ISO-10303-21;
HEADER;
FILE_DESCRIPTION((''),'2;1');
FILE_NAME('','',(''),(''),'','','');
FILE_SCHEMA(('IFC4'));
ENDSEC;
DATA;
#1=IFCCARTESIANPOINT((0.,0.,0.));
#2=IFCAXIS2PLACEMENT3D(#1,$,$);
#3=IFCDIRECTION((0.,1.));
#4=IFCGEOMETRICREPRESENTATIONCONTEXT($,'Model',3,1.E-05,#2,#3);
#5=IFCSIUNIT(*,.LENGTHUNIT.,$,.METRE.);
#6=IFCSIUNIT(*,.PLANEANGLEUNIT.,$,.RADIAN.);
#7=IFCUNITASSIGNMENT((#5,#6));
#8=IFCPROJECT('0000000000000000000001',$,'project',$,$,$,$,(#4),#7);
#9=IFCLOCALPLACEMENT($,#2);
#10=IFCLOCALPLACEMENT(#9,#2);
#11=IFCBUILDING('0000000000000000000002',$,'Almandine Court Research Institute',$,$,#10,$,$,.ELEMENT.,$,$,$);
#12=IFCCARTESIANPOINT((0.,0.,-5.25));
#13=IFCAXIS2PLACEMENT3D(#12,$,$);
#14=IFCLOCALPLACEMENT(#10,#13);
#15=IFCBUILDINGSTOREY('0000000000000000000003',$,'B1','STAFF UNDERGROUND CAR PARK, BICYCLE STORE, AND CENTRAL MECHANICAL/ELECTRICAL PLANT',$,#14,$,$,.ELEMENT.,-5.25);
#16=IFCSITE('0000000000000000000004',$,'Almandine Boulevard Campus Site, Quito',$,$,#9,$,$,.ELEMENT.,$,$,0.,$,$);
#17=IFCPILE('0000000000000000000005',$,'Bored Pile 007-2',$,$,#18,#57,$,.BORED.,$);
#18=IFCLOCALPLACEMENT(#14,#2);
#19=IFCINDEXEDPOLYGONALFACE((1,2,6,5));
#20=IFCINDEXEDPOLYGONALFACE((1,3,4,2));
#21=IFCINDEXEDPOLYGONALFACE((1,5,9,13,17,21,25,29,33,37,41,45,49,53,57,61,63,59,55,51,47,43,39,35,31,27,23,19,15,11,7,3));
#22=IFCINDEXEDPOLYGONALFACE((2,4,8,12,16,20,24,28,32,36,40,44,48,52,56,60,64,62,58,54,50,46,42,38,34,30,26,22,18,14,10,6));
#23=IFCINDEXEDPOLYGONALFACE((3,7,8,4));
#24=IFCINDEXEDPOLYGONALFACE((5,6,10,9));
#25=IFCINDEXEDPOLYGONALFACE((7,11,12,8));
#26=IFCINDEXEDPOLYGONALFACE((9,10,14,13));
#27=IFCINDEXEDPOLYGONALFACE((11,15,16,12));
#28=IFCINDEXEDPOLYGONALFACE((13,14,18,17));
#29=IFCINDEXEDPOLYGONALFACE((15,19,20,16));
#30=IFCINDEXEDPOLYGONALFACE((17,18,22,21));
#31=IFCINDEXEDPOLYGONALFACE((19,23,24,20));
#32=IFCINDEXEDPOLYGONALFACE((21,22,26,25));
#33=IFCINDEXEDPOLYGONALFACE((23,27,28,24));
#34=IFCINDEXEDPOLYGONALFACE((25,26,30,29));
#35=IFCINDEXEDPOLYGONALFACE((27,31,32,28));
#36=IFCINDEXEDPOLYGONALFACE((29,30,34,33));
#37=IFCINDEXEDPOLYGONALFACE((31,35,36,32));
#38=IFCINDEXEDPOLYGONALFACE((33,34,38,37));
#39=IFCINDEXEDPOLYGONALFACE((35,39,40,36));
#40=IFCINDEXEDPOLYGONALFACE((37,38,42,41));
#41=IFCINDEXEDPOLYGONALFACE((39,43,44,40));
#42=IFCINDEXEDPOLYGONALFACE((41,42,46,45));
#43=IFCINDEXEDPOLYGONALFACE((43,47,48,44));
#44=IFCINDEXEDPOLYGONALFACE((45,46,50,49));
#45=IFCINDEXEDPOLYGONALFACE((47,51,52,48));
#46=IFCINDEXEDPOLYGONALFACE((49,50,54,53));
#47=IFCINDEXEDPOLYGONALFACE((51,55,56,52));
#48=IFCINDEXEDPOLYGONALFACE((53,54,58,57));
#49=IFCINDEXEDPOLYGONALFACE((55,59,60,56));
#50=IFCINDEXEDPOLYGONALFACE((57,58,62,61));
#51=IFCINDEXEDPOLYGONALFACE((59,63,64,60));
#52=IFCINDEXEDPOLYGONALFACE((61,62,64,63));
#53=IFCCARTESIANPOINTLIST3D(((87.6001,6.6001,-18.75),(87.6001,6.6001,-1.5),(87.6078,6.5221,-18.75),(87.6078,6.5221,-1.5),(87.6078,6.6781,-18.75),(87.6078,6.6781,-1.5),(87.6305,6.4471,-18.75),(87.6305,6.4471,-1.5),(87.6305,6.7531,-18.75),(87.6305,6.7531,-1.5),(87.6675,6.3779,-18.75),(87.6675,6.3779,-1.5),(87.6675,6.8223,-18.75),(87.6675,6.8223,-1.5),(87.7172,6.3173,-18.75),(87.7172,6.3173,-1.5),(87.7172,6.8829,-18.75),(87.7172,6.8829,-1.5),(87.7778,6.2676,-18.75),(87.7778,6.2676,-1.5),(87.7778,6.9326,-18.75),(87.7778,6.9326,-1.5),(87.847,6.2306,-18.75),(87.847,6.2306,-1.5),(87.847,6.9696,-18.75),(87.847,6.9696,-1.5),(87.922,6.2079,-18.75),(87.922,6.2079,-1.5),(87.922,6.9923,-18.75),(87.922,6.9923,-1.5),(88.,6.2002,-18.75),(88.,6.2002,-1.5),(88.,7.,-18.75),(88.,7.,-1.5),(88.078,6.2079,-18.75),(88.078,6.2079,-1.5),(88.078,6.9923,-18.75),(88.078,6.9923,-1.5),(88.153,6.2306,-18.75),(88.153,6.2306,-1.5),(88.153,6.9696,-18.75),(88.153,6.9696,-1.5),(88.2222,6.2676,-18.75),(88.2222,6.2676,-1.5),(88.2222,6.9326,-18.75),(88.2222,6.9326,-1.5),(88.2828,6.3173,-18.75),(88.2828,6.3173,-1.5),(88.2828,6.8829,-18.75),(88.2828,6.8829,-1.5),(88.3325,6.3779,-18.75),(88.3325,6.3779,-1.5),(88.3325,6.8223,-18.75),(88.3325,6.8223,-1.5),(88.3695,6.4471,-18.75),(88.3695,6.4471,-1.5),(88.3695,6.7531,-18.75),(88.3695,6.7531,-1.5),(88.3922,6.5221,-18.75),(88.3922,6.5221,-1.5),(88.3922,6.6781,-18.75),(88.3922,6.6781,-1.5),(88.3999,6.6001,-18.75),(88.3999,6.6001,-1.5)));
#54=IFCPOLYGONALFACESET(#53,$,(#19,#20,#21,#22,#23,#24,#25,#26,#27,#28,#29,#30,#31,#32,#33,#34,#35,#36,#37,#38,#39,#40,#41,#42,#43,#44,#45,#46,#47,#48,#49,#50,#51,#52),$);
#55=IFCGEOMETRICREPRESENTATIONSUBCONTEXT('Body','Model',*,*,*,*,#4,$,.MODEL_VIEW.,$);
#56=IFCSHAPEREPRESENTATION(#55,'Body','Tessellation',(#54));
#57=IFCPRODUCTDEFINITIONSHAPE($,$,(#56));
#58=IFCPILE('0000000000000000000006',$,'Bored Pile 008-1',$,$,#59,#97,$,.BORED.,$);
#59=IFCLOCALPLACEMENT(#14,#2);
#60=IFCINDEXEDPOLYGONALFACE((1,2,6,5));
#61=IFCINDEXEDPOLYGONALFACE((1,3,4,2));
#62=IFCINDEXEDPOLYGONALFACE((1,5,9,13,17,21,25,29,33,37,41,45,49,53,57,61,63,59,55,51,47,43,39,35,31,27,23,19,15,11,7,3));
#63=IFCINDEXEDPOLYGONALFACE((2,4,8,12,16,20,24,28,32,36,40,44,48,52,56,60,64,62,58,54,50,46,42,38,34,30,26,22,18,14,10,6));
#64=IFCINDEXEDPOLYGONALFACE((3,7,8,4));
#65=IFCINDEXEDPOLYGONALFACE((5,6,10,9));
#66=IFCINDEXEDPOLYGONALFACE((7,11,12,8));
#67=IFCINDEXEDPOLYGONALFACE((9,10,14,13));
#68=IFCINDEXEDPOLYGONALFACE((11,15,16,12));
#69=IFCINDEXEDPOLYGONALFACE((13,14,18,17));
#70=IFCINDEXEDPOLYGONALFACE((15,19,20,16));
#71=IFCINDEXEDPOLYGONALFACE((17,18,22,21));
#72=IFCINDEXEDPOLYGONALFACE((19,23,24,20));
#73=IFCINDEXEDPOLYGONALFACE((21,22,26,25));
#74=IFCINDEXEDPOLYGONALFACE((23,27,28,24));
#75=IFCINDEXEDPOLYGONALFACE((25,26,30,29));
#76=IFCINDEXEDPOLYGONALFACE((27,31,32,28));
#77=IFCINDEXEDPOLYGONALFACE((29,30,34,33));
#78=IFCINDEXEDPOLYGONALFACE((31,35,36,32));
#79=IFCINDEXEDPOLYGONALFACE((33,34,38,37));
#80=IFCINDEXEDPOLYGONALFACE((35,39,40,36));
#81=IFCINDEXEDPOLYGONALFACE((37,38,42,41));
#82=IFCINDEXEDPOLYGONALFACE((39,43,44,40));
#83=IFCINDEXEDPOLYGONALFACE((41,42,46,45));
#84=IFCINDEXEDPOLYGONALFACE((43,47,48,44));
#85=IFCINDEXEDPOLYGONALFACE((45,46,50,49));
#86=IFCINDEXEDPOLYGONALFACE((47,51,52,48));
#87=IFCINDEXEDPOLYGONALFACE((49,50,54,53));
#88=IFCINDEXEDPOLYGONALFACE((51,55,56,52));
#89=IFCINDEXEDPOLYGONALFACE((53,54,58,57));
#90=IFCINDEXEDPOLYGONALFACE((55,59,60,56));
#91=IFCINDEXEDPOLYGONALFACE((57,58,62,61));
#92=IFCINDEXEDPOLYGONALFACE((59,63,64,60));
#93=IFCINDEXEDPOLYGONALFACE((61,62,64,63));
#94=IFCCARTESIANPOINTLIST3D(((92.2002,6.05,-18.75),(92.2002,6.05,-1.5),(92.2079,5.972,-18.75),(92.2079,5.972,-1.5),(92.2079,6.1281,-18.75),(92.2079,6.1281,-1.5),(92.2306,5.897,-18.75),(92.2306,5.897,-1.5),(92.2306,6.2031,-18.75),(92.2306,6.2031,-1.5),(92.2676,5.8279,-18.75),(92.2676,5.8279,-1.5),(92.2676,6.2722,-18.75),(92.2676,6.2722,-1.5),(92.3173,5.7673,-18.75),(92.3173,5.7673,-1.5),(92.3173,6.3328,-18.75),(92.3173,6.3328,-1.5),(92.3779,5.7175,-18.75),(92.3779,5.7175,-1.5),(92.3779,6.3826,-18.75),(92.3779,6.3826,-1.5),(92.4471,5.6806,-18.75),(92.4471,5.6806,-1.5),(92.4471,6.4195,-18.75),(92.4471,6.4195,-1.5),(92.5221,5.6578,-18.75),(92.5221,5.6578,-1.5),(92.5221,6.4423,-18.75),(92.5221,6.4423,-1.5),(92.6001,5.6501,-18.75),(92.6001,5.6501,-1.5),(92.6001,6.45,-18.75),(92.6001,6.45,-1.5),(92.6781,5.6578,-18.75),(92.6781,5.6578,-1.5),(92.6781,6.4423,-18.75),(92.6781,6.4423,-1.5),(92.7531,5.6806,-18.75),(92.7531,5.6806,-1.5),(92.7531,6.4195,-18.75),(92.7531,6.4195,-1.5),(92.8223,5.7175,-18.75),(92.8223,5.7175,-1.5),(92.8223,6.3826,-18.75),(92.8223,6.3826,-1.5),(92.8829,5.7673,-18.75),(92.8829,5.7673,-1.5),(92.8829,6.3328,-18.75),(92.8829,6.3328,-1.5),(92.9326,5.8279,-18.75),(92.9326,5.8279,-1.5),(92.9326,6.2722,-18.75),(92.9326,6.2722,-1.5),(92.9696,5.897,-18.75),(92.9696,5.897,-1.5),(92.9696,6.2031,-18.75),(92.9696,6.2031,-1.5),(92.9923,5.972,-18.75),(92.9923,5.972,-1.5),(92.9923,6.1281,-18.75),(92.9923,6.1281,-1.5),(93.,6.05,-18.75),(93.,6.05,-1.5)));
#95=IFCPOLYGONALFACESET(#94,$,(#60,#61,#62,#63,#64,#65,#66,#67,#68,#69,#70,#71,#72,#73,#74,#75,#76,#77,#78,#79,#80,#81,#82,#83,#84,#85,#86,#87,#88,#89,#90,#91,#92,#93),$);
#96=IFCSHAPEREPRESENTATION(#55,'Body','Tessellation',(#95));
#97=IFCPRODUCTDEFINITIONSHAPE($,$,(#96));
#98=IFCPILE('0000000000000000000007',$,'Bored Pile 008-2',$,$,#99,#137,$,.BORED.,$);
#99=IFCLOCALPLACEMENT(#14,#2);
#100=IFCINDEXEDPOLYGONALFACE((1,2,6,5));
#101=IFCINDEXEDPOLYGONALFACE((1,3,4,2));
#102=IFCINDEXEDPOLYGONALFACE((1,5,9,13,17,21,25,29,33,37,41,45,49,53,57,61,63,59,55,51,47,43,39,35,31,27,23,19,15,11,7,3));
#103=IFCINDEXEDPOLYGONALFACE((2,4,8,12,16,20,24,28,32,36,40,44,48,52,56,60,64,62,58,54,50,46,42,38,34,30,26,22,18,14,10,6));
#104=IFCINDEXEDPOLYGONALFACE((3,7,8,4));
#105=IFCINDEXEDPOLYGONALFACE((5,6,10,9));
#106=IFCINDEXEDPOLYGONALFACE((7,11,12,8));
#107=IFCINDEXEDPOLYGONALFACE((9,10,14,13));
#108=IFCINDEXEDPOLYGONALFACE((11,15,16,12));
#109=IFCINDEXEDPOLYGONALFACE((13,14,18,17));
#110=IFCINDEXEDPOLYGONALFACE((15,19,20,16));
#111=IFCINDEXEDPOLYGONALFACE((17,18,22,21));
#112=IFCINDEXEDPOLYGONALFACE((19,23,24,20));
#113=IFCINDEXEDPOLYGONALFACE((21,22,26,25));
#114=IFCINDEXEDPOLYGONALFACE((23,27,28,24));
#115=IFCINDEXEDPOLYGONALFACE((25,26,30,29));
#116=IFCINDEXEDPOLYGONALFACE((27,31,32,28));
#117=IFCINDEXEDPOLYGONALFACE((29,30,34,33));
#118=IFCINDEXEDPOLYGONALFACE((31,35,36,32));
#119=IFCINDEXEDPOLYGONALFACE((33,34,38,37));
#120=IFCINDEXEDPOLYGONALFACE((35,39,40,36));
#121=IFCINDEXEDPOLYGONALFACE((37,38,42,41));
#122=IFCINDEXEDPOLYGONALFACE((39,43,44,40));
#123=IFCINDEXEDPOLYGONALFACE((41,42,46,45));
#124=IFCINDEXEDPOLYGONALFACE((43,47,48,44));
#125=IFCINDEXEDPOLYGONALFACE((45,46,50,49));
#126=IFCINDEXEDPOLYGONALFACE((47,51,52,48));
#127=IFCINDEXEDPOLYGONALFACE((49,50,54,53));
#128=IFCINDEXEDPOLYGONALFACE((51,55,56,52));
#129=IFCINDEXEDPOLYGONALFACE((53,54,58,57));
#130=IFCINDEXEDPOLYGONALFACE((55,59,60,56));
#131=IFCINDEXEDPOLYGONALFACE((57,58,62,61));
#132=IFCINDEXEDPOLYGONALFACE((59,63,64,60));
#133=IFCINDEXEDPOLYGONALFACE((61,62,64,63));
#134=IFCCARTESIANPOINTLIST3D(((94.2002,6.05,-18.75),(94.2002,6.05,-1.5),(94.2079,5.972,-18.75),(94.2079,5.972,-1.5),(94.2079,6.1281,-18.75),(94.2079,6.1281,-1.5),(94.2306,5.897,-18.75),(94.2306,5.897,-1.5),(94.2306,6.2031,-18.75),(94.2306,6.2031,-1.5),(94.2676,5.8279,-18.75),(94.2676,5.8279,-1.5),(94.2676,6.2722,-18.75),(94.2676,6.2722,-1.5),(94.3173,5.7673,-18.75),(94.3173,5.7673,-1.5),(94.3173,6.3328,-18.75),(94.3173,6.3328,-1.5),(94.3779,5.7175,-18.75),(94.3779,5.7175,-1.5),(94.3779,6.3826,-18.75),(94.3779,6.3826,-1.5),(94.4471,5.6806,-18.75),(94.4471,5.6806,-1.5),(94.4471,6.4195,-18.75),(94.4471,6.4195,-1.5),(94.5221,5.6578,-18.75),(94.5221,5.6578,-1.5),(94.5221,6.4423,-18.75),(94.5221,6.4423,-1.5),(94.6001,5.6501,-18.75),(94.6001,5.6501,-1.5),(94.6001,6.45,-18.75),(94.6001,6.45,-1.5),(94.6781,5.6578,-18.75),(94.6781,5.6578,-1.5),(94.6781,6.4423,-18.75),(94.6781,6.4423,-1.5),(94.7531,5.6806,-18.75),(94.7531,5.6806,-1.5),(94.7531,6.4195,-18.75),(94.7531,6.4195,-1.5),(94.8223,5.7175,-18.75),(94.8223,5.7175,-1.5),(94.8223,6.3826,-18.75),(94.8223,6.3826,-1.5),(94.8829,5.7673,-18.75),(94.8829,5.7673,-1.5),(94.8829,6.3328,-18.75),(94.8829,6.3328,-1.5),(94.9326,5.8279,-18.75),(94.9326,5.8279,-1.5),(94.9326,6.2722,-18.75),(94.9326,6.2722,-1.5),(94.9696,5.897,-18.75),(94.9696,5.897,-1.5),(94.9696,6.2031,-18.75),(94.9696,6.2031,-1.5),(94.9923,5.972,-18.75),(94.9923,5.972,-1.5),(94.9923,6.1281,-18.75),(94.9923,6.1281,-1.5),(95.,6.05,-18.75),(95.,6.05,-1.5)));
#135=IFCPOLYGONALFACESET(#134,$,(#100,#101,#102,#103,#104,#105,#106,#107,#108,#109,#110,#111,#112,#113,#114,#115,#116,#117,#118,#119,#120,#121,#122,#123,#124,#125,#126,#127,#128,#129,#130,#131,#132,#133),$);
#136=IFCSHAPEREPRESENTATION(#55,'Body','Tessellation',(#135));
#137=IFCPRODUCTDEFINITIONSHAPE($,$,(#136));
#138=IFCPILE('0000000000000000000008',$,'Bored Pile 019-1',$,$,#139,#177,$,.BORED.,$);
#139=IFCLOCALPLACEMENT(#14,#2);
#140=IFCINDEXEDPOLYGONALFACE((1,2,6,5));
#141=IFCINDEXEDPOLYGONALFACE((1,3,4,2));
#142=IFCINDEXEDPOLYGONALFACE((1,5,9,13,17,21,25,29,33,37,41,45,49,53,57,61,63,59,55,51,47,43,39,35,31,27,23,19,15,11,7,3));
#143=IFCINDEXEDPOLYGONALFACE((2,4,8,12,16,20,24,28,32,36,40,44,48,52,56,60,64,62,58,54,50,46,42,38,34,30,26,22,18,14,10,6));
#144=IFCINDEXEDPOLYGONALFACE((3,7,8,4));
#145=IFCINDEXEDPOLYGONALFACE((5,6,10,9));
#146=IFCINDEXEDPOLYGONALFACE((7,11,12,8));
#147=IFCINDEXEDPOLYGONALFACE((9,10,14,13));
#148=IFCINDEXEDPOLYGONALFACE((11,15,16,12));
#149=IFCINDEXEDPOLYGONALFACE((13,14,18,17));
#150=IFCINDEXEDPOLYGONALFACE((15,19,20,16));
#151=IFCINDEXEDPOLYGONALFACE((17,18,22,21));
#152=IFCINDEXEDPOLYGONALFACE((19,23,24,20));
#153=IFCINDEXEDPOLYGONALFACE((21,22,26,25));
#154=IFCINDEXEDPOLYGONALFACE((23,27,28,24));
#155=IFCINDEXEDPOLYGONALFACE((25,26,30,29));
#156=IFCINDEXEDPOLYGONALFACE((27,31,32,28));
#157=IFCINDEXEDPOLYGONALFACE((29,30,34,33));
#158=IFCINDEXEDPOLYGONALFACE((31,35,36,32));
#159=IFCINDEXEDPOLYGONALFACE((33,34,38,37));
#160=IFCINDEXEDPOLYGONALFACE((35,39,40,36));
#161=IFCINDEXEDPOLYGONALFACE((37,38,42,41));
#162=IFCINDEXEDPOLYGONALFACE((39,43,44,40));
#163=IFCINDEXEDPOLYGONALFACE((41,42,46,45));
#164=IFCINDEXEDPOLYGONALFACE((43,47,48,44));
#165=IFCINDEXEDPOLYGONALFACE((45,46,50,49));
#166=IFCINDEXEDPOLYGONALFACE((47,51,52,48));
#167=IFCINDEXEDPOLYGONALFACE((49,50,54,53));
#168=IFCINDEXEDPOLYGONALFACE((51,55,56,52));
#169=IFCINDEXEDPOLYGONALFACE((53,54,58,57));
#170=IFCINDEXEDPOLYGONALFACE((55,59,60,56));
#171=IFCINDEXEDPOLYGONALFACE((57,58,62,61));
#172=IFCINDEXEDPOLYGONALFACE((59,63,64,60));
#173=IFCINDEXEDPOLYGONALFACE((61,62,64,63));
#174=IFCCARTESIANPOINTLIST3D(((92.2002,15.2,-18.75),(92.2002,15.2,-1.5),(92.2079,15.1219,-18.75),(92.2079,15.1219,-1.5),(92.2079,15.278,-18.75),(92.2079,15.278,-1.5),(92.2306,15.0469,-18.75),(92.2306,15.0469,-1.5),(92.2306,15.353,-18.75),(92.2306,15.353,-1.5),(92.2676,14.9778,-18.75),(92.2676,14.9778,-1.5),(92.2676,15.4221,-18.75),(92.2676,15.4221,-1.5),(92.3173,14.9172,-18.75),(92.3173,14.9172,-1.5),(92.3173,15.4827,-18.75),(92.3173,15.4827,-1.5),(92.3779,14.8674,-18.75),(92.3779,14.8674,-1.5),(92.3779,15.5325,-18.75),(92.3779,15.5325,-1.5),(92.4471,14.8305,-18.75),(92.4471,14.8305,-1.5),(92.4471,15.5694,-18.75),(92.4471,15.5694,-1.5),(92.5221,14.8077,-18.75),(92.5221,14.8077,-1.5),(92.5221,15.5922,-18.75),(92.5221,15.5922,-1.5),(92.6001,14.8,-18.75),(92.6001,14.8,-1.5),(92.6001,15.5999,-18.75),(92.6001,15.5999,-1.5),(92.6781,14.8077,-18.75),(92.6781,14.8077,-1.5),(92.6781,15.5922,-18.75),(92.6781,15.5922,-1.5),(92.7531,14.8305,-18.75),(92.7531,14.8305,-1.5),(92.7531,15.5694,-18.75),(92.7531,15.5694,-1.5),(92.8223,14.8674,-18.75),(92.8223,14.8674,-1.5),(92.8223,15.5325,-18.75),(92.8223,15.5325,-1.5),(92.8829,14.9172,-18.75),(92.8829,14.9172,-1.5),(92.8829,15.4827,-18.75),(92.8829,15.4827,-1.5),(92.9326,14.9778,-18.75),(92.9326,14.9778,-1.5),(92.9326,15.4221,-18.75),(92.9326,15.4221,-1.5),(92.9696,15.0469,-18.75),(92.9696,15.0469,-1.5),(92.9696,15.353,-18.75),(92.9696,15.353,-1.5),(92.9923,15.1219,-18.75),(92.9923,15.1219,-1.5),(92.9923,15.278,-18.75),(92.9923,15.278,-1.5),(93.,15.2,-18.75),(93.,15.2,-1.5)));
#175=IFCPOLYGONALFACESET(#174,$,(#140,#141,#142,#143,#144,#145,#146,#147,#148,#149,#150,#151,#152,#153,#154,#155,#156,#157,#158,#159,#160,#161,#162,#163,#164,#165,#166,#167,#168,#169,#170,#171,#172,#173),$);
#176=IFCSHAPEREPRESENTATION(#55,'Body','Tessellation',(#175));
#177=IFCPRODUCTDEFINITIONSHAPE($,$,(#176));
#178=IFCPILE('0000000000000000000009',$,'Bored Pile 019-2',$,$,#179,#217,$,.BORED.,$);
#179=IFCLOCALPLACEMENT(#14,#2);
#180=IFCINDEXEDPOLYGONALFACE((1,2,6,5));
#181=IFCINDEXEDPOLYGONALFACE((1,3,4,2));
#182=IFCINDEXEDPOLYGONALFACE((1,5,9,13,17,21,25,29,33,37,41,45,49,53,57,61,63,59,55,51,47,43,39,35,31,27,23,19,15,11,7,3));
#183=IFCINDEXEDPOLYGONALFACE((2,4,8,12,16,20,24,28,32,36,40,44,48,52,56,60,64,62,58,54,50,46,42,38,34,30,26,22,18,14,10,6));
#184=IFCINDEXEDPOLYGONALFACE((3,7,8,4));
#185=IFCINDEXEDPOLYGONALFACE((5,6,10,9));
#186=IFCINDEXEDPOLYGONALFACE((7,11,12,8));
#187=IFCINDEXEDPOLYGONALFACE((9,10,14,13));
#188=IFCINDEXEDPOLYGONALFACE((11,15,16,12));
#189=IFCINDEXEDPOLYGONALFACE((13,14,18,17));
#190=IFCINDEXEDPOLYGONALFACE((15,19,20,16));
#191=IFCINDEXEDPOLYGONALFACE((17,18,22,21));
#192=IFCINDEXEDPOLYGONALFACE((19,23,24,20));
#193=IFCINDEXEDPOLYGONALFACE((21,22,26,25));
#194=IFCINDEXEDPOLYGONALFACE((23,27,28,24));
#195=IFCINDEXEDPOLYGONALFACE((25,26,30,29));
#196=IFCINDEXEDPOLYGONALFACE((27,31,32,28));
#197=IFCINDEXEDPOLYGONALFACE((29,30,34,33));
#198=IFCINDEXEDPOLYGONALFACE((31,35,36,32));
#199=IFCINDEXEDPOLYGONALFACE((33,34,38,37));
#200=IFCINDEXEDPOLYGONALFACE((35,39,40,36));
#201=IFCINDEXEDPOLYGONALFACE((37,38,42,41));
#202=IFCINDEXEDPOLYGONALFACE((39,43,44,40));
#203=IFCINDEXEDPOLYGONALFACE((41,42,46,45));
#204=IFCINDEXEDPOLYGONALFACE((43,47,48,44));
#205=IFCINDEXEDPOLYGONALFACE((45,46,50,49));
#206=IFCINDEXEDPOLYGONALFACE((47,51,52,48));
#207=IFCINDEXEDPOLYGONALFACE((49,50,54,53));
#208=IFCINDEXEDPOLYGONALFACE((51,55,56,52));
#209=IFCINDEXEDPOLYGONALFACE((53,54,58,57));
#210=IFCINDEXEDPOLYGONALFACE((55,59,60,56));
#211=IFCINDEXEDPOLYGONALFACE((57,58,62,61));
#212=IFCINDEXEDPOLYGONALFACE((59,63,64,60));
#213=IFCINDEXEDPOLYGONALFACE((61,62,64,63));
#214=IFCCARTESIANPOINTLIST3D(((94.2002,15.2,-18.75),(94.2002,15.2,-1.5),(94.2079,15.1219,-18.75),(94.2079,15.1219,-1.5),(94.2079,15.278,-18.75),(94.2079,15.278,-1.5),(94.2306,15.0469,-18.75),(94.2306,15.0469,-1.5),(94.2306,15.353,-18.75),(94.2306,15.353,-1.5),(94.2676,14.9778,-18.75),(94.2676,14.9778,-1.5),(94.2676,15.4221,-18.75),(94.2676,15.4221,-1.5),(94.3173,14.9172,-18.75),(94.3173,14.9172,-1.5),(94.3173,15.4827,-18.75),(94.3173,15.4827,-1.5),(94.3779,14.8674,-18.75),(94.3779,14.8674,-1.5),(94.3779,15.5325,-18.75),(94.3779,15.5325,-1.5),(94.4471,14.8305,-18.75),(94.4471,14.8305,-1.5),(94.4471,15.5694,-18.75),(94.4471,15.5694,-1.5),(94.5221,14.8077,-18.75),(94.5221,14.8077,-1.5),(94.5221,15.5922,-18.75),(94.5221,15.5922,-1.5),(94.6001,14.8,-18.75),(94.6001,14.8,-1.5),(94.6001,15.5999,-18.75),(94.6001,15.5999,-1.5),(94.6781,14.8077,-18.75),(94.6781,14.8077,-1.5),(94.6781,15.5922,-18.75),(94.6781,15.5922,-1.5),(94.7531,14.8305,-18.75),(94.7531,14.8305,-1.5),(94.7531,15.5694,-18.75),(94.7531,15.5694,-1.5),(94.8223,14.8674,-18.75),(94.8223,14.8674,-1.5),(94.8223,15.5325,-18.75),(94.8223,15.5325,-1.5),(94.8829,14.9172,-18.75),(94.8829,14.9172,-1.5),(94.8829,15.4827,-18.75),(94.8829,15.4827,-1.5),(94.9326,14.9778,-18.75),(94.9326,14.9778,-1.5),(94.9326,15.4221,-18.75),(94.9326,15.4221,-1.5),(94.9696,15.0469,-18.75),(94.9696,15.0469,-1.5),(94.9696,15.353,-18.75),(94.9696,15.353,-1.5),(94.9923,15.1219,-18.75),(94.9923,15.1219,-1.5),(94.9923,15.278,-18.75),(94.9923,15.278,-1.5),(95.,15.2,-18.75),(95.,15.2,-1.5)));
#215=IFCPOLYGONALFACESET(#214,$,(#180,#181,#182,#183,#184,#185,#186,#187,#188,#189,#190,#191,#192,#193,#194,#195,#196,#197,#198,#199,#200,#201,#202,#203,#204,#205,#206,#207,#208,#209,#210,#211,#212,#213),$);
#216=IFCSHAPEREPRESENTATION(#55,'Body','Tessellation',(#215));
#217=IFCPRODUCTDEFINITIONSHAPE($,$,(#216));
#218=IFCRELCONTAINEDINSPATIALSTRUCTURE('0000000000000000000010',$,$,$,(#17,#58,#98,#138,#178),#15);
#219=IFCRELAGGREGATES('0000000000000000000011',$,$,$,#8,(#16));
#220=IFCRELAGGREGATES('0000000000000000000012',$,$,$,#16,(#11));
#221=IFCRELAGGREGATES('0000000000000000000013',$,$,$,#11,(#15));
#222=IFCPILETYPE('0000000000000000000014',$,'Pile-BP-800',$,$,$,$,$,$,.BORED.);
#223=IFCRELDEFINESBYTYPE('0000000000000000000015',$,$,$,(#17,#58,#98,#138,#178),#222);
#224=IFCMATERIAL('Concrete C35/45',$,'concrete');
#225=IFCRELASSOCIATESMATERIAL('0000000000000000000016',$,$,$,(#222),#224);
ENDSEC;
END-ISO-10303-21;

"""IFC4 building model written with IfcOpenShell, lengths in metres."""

from ifc_helpers import new_model, si_unit, direction, frame, origin, origin_2d, place, context, subcontext, project, spatial, circle, extrude, material, material_profile, profile_set, type_object, element, save


model = new_model("IFC4")

# Units and contexts
model_context = context("Model", 3, precision=1e-05, world=origin(), true_north=direction((0.0, 1.0)))
body_context = subcontext(model_context, "Body", "Model", "MODEL_VIEW")
ifc_project = project(units=[si_unit("LENGTHUNIT", "METRE"), si_unit("PLANEANGLEUNIT", "RADIAN")], contexts=[model_context])

# Site, building, storey
site_placement = place(None, origin())
site = spatial("IfcSite", under=ifc_project, at=site_placement, Name="Almandine Boulevard Campus Site, Quito", CompositionType="ELEMENT", RefElevation=0.0)
building_placement = place(site_placement, origin())
building = spatial("IfcBuilding", under=site, at=building_placement, Name="Almandine Court Research Institute", CompositionType="ELEMENT")
storey_placement = place(building_placement, frame((0.0, 0.0, -5.25)))
storey = spatial("IfcBuildingStorey", under=building, at=storey_placement, Name="B1", Description="STAFF UNDERGROUND CAR PARK, BICYCLE STORE, AND CENTRAL MECHANICAL/ELECTRICAL PLANT", CompositionType="ELEMENT", Elevation=-5.25)

# Shared definitions
ifc_material_1 = material(Name="Concrete C35/45", Category="concrete")

# Piles
ifc_material_profile_1 = material_profile(ifc_material_1, circle(Radius=0.3999, at=origin_2d()), Name="BORED PILE D800")
ifc_profile_set_1 = profile_set([ifc_material_profile_1], Name="Concrete C35/45")
pile_type_1 = type_object("IfcPileType", Name="Pile-BP-800", PredefinedType="BORED", material=ifc_profile_set_1)
for number, where, z_axis, x_axis, name in (
    (1, (88.0, 6.6001, -1.5), (0.0, 0.0, -1.0), (1.0, 0.0, 0.0), "Bored Pile 007-2"),
    (2, (92.6001, 6.05, -1.5), (0.0, 0.0, -1.0), (1.0, 0.0, 0.0), "Bored Pile 008-1"),
    (3, (94.6001, 6.05, -1.5), (0.0, 0.0, -1.0), (1.0, 0.0, 0.0), "Bored Pile 008-2"),
    (4, (92.6001, 15.2, -1.5), (0.0, 0.0, -1.0), (1.0, 0.0, 0.0), "Bored Pile 019-1"),
    (5, (94.6001, 15.2, -1.5), (0.0, 0.0, -1.0), (1.0, 0.0, 0.0), "Bored Pile 019-2"),
):
    element("IfcPile", number, at=place(storey_placement, frame(where, z_axis=z_axis, x_axis=x_axis)), inside=storey, type_object=pile_type_1, Name=name, PredefinedType="BORED", context=body_context, shape_type="SweptSolid", body=[
        extrude(circle(Radius=0.3999, at=origin_2d()), origin(), (0.0, 0.0, 1.0), 17.25),
    ])

save(model, "model.ifc")
